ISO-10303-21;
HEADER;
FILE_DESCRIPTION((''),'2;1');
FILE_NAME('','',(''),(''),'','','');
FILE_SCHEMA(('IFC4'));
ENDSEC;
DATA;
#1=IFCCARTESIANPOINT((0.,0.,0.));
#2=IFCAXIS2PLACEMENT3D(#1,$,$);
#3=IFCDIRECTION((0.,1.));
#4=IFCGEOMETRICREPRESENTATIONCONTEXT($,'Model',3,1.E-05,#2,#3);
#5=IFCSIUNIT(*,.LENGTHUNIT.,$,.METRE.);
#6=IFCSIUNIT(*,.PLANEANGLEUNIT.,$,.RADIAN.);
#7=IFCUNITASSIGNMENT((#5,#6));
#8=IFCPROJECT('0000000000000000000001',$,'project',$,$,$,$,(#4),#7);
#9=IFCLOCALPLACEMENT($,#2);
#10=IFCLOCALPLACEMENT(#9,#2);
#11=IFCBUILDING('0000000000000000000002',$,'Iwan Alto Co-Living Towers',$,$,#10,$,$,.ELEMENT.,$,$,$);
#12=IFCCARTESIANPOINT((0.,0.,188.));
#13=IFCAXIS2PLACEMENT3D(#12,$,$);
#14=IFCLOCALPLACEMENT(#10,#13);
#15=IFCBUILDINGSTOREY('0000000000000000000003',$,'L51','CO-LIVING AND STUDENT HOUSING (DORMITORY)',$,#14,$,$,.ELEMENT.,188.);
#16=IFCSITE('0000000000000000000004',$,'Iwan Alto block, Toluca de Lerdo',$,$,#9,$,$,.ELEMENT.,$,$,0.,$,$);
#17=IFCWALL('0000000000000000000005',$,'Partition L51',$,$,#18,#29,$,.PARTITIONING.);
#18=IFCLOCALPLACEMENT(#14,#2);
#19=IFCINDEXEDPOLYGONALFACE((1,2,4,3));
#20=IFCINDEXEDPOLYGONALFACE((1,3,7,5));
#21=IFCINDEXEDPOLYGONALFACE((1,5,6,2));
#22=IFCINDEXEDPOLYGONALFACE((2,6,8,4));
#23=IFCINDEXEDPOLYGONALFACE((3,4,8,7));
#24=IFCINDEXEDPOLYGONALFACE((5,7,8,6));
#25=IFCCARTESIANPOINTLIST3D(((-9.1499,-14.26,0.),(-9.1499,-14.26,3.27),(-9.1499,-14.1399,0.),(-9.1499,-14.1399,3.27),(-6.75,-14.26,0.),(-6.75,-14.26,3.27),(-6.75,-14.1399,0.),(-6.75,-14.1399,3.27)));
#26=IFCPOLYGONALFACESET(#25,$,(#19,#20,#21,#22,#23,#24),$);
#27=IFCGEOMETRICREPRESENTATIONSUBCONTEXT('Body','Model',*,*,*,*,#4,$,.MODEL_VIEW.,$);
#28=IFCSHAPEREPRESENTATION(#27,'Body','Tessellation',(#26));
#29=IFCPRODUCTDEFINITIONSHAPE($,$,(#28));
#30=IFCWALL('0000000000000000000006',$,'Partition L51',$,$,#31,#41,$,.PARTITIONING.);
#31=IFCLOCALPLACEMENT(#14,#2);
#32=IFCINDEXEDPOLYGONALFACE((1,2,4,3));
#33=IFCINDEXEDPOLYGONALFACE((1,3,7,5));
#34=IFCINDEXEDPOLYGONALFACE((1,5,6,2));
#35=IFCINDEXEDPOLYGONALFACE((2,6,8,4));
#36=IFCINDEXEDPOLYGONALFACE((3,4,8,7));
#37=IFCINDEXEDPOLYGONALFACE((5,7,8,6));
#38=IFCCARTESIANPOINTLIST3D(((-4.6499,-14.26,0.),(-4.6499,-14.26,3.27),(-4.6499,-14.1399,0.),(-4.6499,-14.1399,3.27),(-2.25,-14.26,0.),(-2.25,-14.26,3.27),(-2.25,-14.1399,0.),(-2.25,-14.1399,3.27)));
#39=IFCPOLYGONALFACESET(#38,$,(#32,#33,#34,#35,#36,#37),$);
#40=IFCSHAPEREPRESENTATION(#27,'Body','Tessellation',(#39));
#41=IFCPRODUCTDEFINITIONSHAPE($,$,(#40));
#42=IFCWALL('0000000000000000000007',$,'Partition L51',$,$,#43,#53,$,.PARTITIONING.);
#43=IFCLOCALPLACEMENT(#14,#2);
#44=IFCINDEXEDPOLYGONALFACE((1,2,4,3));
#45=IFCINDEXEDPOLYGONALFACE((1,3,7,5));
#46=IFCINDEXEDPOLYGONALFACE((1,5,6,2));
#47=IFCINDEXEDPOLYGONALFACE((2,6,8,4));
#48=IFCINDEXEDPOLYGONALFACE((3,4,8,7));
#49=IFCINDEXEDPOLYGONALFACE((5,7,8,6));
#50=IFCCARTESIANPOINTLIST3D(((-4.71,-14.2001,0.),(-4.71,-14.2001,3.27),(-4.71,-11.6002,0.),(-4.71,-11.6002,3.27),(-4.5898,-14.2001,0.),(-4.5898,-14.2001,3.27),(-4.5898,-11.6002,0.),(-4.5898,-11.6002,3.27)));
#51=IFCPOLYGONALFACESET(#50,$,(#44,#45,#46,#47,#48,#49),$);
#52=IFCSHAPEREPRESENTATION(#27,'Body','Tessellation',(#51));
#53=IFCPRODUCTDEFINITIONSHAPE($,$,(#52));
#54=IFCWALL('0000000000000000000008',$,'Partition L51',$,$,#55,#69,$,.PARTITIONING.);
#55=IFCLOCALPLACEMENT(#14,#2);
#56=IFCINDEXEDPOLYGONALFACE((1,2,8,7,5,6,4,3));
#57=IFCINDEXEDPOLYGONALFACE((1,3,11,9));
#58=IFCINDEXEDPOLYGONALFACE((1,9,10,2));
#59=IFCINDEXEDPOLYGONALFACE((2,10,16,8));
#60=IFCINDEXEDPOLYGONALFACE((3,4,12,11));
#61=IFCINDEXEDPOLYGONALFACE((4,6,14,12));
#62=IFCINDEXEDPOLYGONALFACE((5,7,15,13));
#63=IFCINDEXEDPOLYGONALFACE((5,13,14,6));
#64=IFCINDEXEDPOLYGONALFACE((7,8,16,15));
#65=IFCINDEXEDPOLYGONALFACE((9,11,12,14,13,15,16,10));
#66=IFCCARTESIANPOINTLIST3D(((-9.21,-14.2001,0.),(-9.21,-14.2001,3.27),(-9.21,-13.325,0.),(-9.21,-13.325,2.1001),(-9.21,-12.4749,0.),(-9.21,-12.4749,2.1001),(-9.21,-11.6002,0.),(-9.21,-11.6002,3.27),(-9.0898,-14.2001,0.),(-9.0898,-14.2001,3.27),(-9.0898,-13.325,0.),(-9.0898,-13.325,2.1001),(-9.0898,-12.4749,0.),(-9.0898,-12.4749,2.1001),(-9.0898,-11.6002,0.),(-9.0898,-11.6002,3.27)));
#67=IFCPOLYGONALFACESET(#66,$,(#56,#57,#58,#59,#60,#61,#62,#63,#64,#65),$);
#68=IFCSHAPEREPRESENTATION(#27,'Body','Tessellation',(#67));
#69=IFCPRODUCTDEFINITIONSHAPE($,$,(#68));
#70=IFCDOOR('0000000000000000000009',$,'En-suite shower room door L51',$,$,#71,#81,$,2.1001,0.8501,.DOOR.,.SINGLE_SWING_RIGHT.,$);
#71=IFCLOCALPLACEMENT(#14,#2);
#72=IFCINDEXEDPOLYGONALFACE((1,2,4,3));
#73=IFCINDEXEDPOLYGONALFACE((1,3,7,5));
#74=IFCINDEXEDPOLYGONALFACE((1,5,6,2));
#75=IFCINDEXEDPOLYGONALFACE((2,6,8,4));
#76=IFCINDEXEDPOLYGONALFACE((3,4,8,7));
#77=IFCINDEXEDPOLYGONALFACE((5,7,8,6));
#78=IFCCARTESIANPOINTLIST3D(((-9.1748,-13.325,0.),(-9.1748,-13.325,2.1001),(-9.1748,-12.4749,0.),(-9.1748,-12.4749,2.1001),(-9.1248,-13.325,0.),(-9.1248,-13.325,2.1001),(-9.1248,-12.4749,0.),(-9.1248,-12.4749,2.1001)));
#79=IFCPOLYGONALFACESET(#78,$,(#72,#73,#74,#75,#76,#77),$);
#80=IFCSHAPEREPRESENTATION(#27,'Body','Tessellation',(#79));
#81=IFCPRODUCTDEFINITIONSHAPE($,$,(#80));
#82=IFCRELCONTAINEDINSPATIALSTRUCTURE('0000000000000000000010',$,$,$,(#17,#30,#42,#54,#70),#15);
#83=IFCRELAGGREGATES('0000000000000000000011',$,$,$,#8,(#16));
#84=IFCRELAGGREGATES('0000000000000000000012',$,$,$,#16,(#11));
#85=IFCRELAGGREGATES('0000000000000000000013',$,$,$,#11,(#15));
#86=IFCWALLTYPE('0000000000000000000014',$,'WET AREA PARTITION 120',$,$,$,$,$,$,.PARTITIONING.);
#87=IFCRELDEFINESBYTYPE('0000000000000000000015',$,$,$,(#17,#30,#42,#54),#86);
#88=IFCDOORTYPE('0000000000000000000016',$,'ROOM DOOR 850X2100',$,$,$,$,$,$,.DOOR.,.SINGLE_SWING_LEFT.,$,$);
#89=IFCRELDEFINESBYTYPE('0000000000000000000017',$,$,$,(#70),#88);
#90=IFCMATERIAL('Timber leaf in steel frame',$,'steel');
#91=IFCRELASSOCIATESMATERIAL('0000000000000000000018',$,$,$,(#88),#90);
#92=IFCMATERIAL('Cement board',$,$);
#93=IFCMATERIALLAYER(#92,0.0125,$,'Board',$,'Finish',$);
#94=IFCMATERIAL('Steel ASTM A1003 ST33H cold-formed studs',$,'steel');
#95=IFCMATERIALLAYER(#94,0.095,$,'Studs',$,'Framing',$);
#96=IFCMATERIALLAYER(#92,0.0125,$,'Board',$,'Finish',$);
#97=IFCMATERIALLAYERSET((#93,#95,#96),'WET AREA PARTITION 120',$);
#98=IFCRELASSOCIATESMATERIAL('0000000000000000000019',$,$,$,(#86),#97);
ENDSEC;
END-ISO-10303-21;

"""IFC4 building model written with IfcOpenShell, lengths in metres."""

from ifc_helpers import new_model, si_unit, direction, frame, frame_2d, origin, place, context, subcontext, project, spatial, rectangle, extrude, material, layer, layer_set, type_object, element, fill, save


model = new_model("IFC4")

# Units and contexts
model_context = context("Model", 3, precision=1e-05, world=origin(), true_north=direction((0.0, 1.0)))
body_context = subcontext(model_context, "Body", "Model", "MODEL_VIEW")
ifc_project = project(units=[si_unit("LENGTHUNIT", "METRE"), si_unit("PLANEANGLEUNIT", "RADIAN")], contexts=[model_context])

# Site, building, storey
site_placement = place(None, origin())
site = spatial("IfcSite", under=ifc_project, at=site_placement, Name="Iwan Alto block, Toluca de Lerdo", CompositionType="ELEMENT", RefElevation=0.0)
building_placement = place(site_placement, origin())
building = spatial("IfcBuilding", under=site, at=building_placement, Name="Iwan Alto Co-Living Towers", CompositionType="ELEMENT")
storey_placement = place(building_placement, frame((0.0, 0.0, 188.0)))
storey = spatial("IfcBuildingStorey", under=building, at=storey_placement, Name="L51", Description="CO-LIVING AND STUDENT HOUSING (DORMITORY)", CompositionType="ELEMENT", Elevation=188.0)

# Shared definitions
ifc_material_1 = material(Name="Steel ASTM A1003 ST33H cold-formed studs", Category="steel")

# Shared definitions
ifc_material_2 = material(Name="Timber leaf in steel frame", Category="steel")
door_type_1 = type_object("IfcDoorType", Name="ROOM DOOR 850X2100", OperationType="SINGLE_SWING_LEFT", PredefinedType="DOOR", material=ifc_material_2)

# Walls
ifc_material_3 = material(Name="Cement board")
ifc_layer_1 = layer(ifc_material_3, 0.0125, Name="Board", Category="Finish")
ifc_layer_2 = layer(ifc_material_1, 0.095, Name="Studs", Category="Framing")
ifc_layer_3 = layer(ifc_material_3, 0.0125, Name="Board", Category="Finish")
ifc_layer_set_1 = layer_set([ifc_layer_1, ifc_layer_2, ifc_layer_3], Name="WET AREA PARTITION 120")
wall_type_1 = type_object("IfcWallType", Name="WET AREA PARTITION 120", PredefinedType="PARTITIONING", material=ifc_layer_set_1)
for number, where, z_axis, x_axis, name in (
    (1, (-9.1499, -14.2, 0.0), (0.0, 0.0, 1.0), (1.0, 0.0, 0.0), "Partition L51"),
    (2, (-4.6499, -14.2, 0.0), (0.0, 0.0, 1.0), (1.0, 0.0, 0.0), "Partition L51"),
):
    element("IfcWall", number, at=place(storey_placement, frame(where, z_axis=z_axis, x_axis=x_axis)), inside=storey, type_object=wall_type_1, Name=name, PredefinedType="PARTITIONING", context=body_context, shape_type="SweptSolid", body=[
        extrude(rectangle(XDim=2.3999, YDim=0.1201, at=frame_2d((1.2, 0.0))), origin(), (0.0, 0.0, 1.0), 3.27),
    ])
wall_1_placement = place(storey_placement, frame((-4.6499, -14.2, 0.0), z_axis=(0.0, 0.0, 1.0), x_axis=(0.0, 1.0, 0.0)))
element("IfcWall", 3, at=wall_1_placement, inside=storey, type_object=wall_type_1, Name="Partition L51", PredefinedType="PARTITIONING", context=body_context, shape_type="SweptSolid", body=[
    extrude(rectangle(XDim=2.5999, YDim=0.1201, at=frame_2d((1.2998, 0.0))), origin(), (0.0, 0.0, 1.0), 3.27),
])

# Wall, opening, door
wall_2_placement = place(storey_placement, frame((-9.1499, -14.2, 0.0), z_axis=(0.0, 0.0, 1.0), x_axis=(0.0, 1.0, 0.0)))
wall_2 = element("IfcWall", 4, at=wall_2_placement, inside=storey, type_object=wall_type_1, Name="Partition L51", PredefinedType="PARTITIONING", context=body_context, shape_type="SweptSolid", body=[
    extrude(rectangle(XDim=2.5999, YDim=0.1201, at=frame_2d((1.2998, 0.0))), origin(), (0.0, 0.0, 1.0), 3.27),
])
opening_1_placement = place(wall_2_placement, frame((0.875, 0.0, 0.0)))
opening_1 = element("IfcOpeningElement", 5, at=opening_1_placement, cuts=wall_2, PredefinedType="OPENING", context=body_context, shape_type="SweptSolid", body=[
    extrude(rectangle(XDim=0.8501, YDim=2.1001, at=frame_2d((0.425, 1.05))), frame((0.0, 0.0701, 0.0), z_axis=(0.0, -1.0, 0.0), x_axis=(1.0, 0.0, 0.0)), (0.0, 0.0, 1.0), 0.1401),
])
door_1_placement = place(opening_1_placement, origin())
door_1 = element("IfcDoor", 6, at=door_1_placement, inside=storey, type_object=door_type_1, Name="En-suite shower room door L51", OperationType="SINGLE_SWING_RIGHT", OverallHeight=2.1001, OverallWidth=0.8501, PredefinedType="DOOR", context=body_context, shape_type="SweptSolid", body=[
    extrude(rectangle(XDim=0.8501, YDim=2.1001, at=frame_2d((0.425, 1.05))), frame((0.0, 0.0249, 0.0), z_axis=(0.0, -1.0, 0.0), x_axis=(1.0, 0.0, 0.0)), (0.0, 0.0, 1.0), 0.05),
])
fill(opening_1, door_1)

save(model, "model.ifc")
